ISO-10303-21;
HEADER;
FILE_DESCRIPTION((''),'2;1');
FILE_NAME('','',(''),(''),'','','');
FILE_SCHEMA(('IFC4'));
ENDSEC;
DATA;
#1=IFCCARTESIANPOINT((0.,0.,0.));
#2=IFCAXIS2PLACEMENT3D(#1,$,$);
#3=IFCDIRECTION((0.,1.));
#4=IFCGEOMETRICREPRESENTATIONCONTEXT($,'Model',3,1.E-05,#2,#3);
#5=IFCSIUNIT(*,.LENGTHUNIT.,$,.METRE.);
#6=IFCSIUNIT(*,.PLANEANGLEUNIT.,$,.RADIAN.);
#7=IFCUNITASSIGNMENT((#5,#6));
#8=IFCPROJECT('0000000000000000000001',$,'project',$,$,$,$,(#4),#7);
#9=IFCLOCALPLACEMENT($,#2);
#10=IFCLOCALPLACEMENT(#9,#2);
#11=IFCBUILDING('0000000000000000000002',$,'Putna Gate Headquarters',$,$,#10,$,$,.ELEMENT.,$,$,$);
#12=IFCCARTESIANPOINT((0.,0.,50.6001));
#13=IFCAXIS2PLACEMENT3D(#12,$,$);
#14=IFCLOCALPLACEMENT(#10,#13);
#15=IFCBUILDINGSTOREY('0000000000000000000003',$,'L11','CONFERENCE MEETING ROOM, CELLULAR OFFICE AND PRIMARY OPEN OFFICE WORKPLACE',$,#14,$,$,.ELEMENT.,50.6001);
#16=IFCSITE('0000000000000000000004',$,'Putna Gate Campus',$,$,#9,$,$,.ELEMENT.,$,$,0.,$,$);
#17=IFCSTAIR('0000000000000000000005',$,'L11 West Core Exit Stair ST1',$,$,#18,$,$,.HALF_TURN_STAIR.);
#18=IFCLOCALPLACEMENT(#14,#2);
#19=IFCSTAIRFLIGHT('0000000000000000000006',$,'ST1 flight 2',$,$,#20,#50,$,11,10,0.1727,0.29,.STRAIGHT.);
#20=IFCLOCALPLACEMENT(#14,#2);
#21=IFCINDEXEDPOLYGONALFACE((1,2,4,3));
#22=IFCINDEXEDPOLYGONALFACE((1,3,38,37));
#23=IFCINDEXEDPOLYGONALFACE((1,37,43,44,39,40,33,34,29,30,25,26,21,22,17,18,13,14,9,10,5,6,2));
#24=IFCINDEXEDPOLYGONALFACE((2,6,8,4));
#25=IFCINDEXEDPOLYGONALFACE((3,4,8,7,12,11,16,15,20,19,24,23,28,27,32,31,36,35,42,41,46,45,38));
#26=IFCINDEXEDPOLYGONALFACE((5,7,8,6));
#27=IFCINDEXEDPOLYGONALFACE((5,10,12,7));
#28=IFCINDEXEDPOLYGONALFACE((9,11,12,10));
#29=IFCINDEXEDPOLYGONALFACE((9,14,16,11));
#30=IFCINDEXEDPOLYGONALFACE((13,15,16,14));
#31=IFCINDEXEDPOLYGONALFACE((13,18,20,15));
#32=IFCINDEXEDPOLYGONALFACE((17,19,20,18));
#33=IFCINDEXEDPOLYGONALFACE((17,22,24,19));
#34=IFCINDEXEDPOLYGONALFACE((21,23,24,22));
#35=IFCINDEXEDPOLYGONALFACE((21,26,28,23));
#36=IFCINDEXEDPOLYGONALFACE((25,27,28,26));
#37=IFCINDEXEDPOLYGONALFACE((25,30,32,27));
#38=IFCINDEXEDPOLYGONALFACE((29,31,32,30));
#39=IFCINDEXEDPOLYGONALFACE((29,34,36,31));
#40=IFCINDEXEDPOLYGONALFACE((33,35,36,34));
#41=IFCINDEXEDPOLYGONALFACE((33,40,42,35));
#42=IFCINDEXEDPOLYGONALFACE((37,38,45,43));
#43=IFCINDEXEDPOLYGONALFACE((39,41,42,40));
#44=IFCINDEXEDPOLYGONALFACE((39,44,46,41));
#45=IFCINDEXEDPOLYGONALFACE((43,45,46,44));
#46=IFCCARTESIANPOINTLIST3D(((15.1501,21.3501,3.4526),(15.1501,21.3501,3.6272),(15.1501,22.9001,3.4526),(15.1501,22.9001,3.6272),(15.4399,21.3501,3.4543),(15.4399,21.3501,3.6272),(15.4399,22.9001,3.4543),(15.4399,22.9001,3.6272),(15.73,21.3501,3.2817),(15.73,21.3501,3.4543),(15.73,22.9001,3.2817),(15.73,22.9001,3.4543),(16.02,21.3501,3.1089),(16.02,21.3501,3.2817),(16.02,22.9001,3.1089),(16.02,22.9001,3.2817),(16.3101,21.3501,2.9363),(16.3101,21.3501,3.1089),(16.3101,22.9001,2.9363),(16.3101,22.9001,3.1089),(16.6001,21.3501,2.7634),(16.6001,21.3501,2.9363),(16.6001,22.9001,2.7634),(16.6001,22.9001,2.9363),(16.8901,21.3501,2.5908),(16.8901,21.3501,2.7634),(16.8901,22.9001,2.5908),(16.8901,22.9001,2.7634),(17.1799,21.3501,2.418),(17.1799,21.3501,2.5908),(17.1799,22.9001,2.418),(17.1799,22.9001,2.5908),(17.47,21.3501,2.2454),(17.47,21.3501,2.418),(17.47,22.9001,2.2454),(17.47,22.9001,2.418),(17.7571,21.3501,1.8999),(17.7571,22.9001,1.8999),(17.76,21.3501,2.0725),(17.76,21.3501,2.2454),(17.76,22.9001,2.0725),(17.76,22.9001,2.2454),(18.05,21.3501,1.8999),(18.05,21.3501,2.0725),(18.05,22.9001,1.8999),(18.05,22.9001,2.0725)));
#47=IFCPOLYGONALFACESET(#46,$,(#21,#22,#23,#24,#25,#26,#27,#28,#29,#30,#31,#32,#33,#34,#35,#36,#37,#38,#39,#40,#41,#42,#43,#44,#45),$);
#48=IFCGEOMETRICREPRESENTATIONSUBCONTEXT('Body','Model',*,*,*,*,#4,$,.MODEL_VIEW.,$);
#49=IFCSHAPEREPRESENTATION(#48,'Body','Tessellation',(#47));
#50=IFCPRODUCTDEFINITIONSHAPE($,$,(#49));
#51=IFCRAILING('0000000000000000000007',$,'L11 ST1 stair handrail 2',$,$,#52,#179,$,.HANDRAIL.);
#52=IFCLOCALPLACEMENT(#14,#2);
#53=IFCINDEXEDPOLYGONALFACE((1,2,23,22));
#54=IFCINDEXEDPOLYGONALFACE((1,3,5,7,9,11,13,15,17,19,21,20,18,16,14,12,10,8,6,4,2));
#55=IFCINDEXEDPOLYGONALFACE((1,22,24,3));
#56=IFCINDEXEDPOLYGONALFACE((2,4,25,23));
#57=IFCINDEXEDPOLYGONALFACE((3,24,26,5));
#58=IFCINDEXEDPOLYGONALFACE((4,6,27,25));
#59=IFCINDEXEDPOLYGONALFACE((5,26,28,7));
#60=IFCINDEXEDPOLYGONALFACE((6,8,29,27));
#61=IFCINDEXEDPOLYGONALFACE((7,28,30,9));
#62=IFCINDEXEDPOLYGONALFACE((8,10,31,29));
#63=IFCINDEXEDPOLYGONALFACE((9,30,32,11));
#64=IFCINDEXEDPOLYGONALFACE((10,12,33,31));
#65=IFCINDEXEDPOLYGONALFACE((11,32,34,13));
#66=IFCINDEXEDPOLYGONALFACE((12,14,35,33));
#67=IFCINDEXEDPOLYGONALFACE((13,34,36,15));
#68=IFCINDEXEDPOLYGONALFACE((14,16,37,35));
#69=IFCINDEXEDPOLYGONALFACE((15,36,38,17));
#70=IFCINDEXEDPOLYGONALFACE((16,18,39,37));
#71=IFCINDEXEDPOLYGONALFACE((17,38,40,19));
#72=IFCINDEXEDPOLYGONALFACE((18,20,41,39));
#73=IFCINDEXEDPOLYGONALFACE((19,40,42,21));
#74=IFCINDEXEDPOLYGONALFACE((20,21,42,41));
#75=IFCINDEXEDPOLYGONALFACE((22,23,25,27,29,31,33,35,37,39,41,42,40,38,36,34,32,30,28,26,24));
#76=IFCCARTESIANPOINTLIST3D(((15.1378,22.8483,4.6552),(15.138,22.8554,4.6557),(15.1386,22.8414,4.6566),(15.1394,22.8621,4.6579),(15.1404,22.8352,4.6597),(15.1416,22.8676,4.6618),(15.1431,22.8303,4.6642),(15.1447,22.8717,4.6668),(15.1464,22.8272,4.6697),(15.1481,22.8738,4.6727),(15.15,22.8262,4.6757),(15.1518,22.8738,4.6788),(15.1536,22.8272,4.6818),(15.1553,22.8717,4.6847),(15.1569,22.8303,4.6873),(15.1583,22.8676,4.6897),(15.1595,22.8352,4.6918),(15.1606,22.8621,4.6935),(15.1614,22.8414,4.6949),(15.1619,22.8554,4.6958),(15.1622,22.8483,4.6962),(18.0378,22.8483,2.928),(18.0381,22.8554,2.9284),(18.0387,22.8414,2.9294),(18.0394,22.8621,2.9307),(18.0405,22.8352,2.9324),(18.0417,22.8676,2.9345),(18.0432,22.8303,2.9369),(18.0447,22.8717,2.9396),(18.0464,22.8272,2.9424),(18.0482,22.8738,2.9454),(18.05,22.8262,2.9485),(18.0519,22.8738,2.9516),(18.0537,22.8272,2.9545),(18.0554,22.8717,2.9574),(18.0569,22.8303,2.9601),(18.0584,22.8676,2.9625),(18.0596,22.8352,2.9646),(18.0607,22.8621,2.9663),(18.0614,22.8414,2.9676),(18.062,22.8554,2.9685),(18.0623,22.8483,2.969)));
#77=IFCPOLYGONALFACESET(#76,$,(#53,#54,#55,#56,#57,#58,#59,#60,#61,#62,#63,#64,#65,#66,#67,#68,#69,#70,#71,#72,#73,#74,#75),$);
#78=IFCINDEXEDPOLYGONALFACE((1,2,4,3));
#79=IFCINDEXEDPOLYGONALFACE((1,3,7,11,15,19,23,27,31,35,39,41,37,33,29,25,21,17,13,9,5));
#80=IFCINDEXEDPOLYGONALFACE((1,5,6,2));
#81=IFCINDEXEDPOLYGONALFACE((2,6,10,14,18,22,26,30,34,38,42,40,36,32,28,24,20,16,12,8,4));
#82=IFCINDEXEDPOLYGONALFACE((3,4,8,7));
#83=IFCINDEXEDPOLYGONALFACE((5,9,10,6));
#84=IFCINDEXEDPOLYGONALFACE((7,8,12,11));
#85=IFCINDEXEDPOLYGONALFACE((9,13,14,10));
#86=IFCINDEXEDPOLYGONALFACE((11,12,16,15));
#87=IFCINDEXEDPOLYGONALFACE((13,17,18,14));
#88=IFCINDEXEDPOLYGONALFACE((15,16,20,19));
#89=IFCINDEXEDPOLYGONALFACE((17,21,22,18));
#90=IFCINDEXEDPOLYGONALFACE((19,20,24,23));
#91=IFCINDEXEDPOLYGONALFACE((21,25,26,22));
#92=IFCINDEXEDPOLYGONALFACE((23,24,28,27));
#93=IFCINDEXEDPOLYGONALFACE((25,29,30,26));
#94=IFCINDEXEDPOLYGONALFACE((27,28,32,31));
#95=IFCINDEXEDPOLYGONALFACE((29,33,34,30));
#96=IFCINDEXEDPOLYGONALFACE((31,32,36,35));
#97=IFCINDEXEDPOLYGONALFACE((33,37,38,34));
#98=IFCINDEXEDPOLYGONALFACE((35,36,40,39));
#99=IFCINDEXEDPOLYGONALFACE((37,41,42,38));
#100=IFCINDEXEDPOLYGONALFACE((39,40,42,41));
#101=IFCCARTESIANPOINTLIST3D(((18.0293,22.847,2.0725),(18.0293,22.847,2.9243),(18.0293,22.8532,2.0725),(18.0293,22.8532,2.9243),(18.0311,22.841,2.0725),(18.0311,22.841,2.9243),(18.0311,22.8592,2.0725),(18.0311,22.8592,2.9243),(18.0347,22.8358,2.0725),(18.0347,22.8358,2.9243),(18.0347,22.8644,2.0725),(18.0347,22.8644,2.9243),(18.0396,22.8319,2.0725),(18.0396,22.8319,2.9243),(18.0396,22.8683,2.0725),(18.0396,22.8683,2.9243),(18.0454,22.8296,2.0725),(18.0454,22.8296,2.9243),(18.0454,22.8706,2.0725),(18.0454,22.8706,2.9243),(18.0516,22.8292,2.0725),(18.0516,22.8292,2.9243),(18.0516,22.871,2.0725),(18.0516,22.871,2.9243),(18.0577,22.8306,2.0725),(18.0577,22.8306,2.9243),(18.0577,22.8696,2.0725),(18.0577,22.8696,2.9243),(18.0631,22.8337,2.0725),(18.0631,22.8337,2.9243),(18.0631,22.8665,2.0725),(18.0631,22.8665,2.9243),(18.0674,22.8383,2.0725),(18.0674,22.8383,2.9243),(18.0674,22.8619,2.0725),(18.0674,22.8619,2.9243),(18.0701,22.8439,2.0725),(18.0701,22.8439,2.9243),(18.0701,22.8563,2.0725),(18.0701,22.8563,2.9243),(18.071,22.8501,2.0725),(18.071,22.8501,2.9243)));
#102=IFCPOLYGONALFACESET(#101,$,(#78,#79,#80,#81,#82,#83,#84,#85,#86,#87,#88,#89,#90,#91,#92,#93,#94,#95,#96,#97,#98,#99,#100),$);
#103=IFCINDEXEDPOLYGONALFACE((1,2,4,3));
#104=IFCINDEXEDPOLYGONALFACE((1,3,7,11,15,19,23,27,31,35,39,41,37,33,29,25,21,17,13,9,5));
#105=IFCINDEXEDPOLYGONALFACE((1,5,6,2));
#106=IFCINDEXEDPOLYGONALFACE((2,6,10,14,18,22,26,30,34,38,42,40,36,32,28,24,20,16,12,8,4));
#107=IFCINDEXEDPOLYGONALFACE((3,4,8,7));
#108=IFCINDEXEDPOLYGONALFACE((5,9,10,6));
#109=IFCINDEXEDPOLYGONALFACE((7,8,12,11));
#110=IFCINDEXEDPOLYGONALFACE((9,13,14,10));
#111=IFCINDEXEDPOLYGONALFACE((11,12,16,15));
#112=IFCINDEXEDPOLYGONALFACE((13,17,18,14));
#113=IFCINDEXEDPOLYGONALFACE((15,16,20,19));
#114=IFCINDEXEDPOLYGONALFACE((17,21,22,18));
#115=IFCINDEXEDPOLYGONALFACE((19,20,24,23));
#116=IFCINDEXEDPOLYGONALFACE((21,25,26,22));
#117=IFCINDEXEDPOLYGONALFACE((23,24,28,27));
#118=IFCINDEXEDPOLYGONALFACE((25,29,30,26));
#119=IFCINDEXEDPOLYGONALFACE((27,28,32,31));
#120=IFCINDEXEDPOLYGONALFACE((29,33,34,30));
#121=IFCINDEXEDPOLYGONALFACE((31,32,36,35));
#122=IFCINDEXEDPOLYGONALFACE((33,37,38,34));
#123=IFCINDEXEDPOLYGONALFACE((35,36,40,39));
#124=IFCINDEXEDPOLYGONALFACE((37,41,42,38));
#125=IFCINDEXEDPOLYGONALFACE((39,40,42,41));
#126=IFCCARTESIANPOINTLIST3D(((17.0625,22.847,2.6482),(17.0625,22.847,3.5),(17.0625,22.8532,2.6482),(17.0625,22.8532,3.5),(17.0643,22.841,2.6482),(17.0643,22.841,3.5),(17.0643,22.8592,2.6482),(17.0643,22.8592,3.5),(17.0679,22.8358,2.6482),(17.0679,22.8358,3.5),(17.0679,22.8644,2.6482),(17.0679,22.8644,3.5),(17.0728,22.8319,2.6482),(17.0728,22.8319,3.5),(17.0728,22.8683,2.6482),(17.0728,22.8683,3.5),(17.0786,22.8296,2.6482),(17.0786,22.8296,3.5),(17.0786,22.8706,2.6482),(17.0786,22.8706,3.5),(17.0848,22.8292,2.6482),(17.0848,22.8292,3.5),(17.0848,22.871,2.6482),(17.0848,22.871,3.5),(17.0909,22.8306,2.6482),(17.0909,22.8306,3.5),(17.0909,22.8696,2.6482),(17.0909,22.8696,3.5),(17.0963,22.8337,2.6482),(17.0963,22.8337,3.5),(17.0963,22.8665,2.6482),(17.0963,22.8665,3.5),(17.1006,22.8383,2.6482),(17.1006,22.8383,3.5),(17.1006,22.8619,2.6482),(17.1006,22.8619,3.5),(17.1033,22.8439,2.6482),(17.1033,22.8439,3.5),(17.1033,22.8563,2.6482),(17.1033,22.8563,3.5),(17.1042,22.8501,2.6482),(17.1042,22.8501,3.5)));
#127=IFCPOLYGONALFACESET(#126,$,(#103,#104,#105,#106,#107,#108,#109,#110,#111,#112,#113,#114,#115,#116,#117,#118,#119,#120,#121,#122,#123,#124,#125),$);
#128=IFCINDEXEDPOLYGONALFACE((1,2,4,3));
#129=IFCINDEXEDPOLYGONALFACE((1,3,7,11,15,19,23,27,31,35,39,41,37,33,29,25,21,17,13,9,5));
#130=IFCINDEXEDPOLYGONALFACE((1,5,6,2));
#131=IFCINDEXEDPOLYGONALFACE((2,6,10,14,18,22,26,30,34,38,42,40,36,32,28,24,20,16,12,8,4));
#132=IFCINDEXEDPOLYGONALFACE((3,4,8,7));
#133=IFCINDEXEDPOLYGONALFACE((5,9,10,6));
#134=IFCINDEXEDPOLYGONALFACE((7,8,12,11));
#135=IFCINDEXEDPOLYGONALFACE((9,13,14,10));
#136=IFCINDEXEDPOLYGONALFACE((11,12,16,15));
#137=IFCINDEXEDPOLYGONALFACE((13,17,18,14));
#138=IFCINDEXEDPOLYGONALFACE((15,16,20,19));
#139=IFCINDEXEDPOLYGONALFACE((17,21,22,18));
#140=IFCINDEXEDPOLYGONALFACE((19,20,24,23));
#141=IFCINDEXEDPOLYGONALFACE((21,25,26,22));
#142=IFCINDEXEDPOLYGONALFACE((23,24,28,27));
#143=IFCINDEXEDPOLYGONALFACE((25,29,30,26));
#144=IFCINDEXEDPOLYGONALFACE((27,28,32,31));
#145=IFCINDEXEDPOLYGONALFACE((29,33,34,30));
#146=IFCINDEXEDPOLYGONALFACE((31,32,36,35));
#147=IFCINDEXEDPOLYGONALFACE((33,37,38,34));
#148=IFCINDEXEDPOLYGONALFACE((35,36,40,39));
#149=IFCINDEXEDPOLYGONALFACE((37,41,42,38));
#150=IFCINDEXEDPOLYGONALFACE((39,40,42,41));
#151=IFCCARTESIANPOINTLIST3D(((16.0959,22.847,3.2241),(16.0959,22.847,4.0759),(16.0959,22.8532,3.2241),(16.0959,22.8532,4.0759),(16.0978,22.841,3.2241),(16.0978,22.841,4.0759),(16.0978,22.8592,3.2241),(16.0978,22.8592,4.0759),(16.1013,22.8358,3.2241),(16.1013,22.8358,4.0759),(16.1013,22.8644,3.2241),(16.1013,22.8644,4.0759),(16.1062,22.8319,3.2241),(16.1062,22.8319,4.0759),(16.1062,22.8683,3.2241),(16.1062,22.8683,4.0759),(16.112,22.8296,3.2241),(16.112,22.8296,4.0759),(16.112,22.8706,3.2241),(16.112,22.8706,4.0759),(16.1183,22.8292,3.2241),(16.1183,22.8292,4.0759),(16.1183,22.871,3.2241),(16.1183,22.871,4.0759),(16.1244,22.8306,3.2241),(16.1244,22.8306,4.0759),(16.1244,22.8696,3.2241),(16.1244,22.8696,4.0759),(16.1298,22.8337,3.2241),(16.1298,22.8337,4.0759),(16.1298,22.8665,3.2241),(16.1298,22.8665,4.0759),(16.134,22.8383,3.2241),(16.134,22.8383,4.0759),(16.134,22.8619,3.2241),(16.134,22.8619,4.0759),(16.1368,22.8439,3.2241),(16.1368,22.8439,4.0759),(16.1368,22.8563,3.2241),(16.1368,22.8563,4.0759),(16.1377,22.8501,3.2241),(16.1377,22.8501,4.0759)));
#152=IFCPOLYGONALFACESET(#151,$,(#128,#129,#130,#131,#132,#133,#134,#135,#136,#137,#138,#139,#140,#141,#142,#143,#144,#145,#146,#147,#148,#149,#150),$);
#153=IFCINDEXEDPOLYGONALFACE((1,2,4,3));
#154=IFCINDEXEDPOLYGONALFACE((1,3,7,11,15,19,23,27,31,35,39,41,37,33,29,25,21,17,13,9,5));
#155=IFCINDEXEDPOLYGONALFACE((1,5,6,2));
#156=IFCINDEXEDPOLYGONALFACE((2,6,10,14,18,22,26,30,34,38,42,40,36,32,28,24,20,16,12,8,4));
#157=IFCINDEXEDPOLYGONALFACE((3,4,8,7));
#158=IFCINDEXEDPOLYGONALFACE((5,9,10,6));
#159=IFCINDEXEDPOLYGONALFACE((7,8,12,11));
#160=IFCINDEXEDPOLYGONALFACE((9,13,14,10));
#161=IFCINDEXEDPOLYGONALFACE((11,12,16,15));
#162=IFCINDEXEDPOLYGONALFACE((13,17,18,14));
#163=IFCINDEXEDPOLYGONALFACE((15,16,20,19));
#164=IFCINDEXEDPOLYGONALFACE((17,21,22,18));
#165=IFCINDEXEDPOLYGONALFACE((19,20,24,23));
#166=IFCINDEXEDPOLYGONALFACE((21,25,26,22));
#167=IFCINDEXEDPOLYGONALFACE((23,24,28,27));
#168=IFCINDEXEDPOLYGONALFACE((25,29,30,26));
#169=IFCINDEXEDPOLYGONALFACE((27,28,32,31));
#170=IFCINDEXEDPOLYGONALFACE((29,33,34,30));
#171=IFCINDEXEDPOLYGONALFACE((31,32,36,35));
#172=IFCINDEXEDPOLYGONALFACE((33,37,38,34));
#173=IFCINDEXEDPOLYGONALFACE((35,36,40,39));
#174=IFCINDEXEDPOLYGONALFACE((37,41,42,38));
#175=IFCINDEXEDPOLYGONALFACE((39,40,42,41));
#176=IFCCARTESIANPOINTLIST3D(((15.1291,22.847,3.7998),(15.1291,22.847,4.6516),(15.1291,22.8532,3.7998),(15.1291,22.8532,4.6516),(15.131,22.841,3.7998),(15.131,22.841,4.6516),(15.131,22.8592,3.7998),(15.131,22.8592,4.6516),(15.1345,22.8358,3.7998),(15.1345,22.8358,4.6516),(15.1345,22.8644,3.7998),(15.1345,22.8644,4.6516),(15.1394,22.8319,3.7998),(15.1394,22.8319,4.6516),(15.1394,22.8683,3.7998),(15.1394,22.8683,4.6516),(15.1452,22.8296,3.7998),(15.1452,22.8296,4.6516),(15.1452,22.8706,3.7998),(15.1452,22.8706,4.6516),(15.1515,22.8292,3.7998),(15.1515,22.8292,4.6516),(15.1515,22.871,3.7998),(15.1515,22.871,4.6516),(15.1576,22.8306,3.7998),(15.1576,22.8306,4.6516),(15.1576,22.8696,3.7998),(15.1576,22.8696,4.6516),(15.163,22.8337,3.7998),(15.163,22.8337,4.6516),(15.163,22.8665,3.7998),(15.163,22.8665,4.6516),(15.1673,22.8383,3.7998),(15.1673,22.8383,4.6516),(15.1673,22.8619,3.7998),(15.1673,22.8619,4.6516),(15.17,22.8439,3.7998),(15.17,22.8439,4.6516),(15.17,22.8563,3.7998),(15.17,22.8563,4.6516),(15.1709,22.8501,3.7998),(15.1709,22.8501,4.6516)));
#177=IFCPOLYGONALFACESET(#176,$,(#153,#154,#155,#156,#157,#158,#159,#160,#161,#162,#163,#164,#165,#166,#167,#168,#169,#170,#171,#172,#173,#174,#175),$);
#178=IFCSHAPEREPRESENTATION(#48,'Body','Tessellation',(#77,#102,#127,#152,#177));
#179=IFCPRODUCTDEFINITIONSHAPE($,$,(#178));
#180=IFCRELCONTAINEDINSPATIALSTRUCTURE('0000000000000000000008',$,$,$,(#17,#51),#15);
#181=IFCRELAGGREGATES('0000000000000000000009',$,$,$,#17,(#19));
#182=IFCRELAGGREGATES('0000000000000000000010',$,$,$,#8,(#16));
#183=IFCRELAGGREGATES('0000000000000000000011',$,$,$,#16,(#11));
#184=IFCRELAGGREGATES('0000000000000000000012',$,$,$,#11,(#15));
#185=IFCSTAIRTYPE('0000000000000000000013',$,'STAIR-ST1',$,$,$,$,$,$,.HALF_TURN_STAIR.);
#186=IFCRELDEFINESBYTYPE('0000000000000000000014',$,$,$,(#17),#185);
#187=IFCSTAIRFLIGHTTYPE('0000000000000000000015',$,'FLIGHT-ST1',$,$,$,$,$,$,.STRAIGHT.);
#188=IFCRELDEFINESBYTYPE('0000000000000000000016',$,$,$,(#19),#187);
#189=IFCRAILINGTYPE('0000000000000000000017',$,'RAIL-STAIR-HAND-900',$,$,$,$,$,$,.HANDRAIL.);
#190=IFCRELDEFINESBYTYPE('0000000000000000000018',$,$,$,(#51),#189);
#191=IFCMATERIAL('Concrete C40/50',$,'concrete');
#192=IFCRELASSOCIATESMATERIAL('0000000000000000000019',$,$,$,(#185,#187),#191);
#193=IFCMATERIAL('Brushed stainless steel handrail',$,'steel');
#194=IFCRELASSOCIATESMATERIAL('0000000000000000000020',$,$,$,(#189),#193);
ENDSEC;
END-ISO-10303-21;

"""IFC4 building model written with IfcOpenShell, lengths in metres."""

from ifc_helpers import new_model, si_unit, direction, frame, origin, origin_2d, place, context, subcontext, project, spatial, polyline, circle, outline, extrude, material, type_object, element, aggregate, save


model = new_model("IFC4")

# Units and contexts
model_context = context("Model", 3, precision=1e-05, world=origin(), true_north=direction((0.0, 1.0)))
body_context = subcontext(model_context, "Body", "Model", "MODEL_VIEW")
ifc_project = project(units=[si_unit("LENGTHUNIT", "METRE"), si_unit("PLANEANGLEUNIT", "RADIAN")], contexts=[model_context])

# Site, building, storey
site_placement = place(None, origin())
site = spatial("IfcSite", under=ifc_project, at=site_placement, Name="Putna Gate Campus", CompositionType="ELEMENT", RefElevation=0.0)
building_placement = place(site_placement, origin())
building = spatial("IfcBuilding", under=site, at=building_placement, Name="Putna Gate Headquarters", CompositionType="ELEMENT")
storey_placement = place(building_placement, frame((0.0, 0.0, 50.6001)))
storey = spatial("IfcBuildingStorey", under=building, at=storey_placement, Name="L11", Description="CONFERENCE MEETING ROOM, CELLULAR OFFICE AND PRIMARY OPEN OFFICE WORKPLACE", CompositionType="ELEMENT", Elevation=50.6001)

# Shared definitions
ifc_material_1 = material(Name="Concrete C40/50", Category="concrete")

# Stair, stair flight
stair_type = type_object("IfcStairType", Name="STAIR-ST1", PredefinedType="HALF_TURN_STAIR", material=ifc_material_1)
stair_placement = place(storey_placement, origin())
stair = element("IfcStair", 1, at=stair_placement, inside=storey, type_object=stair_type, Name="L11 West Core Exit Stair ST1", PredefinedType="HALF_TURN_STAIR")
stair_flight_type = type_object("IfcStairFlightType", Name="FLIGHT-ST1", PredefinedType="STRAIGHT", material=ifc_material_1)
stair_flight_placement = place(storey_placement, frame((18.05, 22.125, 1.8999), z_axis=(0.0, 0.0, 1.0), x_axis=(-1.0, 0.0, 0.0)))
stair_flight = element("IfcStairFlight", 2, at=stair_flight_placement, type_object=stair_flight_type, Name="ST1 flight 2", NumberOfRisers=11, NumberOfTreads=10, PredefinedType="STRAIGHT", RiserHeight=0.1727, TreadLength=0.29, context=body_context, shape_type="SweptSolid", body=[
    extrude(outline(polyline([(0.0, 0.0), (0.0, 0.1726), (0.29, 0.1726), (0.29, 0.3455), (0.5801, 0.3455), (0.5801, 0.5181), (0.8701, 0.5181), (0.8701, 0.6909), (1.1599, 0.6909), (1.1599, 0.8635), (1.45, 0.8635), (1.45, 1.0364), (1.74, 1.0364), (1.74, 1.209), (2.03, 1.209), (2.03, 1.3818), (2.3201, 1.3818), (2.3201, 1.5544), (2.6101, 1.5544), (2.6101, 1.7273), (2.8999, 1.7273), (2.8999, 1.8999), (2.8999, 1.5527), (0.293, 0.0), (0.0, 0.0)])), frame((0.0, 0.7749, 0.0), z_axis=(0.0, -1.0, 0.0), x_axis=(1.0, 0.0, 0.0)), (0.0, 0.0, 1.0), 1.55),
])
aggregate(stair, [stair_flight])

# Railing
ifc_material_2 = material(Name="Brushed stainless steel handrail", Category="steel")
railing_type_1 = type_object("IfcRailingType", Name="RAIL-STAIR-HAND-900", PredefinedType="HANDRAIL", material=ifc_material_2)
railing_1_placement = place(storey_placement, frame((18.05, 22.8501, 2.0725)))
element("IfcRailing", 3, at=railing_1_placement, inside=storey, type_object=railing_type_1, Name="L11 ST1 stair handrail 2", PredefinedType="HANDRAIL", context=body_context, shape_type="SweptSolid", body=[
    extrude(circle(Radius=0.0239, at=origin_2d()), frame((0.0, 0.0, 0.876), z_axis=(-0.85916, 0.0, 0.511706), x_axis=(0.0, -1.0, 0.0)), (0.0, 0.0, 1.0), 3.3755),
    extrude(circle(Radius=0.021, at=origin_2d()), origin(), (0.0, 0.0, 1.0), 0.8518),
    extrude(circle(Radius=0.021, at=origin_2d()), frame((-0.9668, 0.0, 0.5757)), (0.0, 0.0, 1.0), 0.8518),
    extrude(circle(Radius=0.021, at=origin_2d()), frame((-1.9333, 0.0, 1.1516)), (0.0, 0.0, 1.0), 0.8518),
    extrude(circle(Radius=0.021, at=origin_2d()), frame((-2.9001, 0.0, 1.7273)), (0.0, 0.0, 1.0), 0.8518),
])

save(model, "model.ifc")
